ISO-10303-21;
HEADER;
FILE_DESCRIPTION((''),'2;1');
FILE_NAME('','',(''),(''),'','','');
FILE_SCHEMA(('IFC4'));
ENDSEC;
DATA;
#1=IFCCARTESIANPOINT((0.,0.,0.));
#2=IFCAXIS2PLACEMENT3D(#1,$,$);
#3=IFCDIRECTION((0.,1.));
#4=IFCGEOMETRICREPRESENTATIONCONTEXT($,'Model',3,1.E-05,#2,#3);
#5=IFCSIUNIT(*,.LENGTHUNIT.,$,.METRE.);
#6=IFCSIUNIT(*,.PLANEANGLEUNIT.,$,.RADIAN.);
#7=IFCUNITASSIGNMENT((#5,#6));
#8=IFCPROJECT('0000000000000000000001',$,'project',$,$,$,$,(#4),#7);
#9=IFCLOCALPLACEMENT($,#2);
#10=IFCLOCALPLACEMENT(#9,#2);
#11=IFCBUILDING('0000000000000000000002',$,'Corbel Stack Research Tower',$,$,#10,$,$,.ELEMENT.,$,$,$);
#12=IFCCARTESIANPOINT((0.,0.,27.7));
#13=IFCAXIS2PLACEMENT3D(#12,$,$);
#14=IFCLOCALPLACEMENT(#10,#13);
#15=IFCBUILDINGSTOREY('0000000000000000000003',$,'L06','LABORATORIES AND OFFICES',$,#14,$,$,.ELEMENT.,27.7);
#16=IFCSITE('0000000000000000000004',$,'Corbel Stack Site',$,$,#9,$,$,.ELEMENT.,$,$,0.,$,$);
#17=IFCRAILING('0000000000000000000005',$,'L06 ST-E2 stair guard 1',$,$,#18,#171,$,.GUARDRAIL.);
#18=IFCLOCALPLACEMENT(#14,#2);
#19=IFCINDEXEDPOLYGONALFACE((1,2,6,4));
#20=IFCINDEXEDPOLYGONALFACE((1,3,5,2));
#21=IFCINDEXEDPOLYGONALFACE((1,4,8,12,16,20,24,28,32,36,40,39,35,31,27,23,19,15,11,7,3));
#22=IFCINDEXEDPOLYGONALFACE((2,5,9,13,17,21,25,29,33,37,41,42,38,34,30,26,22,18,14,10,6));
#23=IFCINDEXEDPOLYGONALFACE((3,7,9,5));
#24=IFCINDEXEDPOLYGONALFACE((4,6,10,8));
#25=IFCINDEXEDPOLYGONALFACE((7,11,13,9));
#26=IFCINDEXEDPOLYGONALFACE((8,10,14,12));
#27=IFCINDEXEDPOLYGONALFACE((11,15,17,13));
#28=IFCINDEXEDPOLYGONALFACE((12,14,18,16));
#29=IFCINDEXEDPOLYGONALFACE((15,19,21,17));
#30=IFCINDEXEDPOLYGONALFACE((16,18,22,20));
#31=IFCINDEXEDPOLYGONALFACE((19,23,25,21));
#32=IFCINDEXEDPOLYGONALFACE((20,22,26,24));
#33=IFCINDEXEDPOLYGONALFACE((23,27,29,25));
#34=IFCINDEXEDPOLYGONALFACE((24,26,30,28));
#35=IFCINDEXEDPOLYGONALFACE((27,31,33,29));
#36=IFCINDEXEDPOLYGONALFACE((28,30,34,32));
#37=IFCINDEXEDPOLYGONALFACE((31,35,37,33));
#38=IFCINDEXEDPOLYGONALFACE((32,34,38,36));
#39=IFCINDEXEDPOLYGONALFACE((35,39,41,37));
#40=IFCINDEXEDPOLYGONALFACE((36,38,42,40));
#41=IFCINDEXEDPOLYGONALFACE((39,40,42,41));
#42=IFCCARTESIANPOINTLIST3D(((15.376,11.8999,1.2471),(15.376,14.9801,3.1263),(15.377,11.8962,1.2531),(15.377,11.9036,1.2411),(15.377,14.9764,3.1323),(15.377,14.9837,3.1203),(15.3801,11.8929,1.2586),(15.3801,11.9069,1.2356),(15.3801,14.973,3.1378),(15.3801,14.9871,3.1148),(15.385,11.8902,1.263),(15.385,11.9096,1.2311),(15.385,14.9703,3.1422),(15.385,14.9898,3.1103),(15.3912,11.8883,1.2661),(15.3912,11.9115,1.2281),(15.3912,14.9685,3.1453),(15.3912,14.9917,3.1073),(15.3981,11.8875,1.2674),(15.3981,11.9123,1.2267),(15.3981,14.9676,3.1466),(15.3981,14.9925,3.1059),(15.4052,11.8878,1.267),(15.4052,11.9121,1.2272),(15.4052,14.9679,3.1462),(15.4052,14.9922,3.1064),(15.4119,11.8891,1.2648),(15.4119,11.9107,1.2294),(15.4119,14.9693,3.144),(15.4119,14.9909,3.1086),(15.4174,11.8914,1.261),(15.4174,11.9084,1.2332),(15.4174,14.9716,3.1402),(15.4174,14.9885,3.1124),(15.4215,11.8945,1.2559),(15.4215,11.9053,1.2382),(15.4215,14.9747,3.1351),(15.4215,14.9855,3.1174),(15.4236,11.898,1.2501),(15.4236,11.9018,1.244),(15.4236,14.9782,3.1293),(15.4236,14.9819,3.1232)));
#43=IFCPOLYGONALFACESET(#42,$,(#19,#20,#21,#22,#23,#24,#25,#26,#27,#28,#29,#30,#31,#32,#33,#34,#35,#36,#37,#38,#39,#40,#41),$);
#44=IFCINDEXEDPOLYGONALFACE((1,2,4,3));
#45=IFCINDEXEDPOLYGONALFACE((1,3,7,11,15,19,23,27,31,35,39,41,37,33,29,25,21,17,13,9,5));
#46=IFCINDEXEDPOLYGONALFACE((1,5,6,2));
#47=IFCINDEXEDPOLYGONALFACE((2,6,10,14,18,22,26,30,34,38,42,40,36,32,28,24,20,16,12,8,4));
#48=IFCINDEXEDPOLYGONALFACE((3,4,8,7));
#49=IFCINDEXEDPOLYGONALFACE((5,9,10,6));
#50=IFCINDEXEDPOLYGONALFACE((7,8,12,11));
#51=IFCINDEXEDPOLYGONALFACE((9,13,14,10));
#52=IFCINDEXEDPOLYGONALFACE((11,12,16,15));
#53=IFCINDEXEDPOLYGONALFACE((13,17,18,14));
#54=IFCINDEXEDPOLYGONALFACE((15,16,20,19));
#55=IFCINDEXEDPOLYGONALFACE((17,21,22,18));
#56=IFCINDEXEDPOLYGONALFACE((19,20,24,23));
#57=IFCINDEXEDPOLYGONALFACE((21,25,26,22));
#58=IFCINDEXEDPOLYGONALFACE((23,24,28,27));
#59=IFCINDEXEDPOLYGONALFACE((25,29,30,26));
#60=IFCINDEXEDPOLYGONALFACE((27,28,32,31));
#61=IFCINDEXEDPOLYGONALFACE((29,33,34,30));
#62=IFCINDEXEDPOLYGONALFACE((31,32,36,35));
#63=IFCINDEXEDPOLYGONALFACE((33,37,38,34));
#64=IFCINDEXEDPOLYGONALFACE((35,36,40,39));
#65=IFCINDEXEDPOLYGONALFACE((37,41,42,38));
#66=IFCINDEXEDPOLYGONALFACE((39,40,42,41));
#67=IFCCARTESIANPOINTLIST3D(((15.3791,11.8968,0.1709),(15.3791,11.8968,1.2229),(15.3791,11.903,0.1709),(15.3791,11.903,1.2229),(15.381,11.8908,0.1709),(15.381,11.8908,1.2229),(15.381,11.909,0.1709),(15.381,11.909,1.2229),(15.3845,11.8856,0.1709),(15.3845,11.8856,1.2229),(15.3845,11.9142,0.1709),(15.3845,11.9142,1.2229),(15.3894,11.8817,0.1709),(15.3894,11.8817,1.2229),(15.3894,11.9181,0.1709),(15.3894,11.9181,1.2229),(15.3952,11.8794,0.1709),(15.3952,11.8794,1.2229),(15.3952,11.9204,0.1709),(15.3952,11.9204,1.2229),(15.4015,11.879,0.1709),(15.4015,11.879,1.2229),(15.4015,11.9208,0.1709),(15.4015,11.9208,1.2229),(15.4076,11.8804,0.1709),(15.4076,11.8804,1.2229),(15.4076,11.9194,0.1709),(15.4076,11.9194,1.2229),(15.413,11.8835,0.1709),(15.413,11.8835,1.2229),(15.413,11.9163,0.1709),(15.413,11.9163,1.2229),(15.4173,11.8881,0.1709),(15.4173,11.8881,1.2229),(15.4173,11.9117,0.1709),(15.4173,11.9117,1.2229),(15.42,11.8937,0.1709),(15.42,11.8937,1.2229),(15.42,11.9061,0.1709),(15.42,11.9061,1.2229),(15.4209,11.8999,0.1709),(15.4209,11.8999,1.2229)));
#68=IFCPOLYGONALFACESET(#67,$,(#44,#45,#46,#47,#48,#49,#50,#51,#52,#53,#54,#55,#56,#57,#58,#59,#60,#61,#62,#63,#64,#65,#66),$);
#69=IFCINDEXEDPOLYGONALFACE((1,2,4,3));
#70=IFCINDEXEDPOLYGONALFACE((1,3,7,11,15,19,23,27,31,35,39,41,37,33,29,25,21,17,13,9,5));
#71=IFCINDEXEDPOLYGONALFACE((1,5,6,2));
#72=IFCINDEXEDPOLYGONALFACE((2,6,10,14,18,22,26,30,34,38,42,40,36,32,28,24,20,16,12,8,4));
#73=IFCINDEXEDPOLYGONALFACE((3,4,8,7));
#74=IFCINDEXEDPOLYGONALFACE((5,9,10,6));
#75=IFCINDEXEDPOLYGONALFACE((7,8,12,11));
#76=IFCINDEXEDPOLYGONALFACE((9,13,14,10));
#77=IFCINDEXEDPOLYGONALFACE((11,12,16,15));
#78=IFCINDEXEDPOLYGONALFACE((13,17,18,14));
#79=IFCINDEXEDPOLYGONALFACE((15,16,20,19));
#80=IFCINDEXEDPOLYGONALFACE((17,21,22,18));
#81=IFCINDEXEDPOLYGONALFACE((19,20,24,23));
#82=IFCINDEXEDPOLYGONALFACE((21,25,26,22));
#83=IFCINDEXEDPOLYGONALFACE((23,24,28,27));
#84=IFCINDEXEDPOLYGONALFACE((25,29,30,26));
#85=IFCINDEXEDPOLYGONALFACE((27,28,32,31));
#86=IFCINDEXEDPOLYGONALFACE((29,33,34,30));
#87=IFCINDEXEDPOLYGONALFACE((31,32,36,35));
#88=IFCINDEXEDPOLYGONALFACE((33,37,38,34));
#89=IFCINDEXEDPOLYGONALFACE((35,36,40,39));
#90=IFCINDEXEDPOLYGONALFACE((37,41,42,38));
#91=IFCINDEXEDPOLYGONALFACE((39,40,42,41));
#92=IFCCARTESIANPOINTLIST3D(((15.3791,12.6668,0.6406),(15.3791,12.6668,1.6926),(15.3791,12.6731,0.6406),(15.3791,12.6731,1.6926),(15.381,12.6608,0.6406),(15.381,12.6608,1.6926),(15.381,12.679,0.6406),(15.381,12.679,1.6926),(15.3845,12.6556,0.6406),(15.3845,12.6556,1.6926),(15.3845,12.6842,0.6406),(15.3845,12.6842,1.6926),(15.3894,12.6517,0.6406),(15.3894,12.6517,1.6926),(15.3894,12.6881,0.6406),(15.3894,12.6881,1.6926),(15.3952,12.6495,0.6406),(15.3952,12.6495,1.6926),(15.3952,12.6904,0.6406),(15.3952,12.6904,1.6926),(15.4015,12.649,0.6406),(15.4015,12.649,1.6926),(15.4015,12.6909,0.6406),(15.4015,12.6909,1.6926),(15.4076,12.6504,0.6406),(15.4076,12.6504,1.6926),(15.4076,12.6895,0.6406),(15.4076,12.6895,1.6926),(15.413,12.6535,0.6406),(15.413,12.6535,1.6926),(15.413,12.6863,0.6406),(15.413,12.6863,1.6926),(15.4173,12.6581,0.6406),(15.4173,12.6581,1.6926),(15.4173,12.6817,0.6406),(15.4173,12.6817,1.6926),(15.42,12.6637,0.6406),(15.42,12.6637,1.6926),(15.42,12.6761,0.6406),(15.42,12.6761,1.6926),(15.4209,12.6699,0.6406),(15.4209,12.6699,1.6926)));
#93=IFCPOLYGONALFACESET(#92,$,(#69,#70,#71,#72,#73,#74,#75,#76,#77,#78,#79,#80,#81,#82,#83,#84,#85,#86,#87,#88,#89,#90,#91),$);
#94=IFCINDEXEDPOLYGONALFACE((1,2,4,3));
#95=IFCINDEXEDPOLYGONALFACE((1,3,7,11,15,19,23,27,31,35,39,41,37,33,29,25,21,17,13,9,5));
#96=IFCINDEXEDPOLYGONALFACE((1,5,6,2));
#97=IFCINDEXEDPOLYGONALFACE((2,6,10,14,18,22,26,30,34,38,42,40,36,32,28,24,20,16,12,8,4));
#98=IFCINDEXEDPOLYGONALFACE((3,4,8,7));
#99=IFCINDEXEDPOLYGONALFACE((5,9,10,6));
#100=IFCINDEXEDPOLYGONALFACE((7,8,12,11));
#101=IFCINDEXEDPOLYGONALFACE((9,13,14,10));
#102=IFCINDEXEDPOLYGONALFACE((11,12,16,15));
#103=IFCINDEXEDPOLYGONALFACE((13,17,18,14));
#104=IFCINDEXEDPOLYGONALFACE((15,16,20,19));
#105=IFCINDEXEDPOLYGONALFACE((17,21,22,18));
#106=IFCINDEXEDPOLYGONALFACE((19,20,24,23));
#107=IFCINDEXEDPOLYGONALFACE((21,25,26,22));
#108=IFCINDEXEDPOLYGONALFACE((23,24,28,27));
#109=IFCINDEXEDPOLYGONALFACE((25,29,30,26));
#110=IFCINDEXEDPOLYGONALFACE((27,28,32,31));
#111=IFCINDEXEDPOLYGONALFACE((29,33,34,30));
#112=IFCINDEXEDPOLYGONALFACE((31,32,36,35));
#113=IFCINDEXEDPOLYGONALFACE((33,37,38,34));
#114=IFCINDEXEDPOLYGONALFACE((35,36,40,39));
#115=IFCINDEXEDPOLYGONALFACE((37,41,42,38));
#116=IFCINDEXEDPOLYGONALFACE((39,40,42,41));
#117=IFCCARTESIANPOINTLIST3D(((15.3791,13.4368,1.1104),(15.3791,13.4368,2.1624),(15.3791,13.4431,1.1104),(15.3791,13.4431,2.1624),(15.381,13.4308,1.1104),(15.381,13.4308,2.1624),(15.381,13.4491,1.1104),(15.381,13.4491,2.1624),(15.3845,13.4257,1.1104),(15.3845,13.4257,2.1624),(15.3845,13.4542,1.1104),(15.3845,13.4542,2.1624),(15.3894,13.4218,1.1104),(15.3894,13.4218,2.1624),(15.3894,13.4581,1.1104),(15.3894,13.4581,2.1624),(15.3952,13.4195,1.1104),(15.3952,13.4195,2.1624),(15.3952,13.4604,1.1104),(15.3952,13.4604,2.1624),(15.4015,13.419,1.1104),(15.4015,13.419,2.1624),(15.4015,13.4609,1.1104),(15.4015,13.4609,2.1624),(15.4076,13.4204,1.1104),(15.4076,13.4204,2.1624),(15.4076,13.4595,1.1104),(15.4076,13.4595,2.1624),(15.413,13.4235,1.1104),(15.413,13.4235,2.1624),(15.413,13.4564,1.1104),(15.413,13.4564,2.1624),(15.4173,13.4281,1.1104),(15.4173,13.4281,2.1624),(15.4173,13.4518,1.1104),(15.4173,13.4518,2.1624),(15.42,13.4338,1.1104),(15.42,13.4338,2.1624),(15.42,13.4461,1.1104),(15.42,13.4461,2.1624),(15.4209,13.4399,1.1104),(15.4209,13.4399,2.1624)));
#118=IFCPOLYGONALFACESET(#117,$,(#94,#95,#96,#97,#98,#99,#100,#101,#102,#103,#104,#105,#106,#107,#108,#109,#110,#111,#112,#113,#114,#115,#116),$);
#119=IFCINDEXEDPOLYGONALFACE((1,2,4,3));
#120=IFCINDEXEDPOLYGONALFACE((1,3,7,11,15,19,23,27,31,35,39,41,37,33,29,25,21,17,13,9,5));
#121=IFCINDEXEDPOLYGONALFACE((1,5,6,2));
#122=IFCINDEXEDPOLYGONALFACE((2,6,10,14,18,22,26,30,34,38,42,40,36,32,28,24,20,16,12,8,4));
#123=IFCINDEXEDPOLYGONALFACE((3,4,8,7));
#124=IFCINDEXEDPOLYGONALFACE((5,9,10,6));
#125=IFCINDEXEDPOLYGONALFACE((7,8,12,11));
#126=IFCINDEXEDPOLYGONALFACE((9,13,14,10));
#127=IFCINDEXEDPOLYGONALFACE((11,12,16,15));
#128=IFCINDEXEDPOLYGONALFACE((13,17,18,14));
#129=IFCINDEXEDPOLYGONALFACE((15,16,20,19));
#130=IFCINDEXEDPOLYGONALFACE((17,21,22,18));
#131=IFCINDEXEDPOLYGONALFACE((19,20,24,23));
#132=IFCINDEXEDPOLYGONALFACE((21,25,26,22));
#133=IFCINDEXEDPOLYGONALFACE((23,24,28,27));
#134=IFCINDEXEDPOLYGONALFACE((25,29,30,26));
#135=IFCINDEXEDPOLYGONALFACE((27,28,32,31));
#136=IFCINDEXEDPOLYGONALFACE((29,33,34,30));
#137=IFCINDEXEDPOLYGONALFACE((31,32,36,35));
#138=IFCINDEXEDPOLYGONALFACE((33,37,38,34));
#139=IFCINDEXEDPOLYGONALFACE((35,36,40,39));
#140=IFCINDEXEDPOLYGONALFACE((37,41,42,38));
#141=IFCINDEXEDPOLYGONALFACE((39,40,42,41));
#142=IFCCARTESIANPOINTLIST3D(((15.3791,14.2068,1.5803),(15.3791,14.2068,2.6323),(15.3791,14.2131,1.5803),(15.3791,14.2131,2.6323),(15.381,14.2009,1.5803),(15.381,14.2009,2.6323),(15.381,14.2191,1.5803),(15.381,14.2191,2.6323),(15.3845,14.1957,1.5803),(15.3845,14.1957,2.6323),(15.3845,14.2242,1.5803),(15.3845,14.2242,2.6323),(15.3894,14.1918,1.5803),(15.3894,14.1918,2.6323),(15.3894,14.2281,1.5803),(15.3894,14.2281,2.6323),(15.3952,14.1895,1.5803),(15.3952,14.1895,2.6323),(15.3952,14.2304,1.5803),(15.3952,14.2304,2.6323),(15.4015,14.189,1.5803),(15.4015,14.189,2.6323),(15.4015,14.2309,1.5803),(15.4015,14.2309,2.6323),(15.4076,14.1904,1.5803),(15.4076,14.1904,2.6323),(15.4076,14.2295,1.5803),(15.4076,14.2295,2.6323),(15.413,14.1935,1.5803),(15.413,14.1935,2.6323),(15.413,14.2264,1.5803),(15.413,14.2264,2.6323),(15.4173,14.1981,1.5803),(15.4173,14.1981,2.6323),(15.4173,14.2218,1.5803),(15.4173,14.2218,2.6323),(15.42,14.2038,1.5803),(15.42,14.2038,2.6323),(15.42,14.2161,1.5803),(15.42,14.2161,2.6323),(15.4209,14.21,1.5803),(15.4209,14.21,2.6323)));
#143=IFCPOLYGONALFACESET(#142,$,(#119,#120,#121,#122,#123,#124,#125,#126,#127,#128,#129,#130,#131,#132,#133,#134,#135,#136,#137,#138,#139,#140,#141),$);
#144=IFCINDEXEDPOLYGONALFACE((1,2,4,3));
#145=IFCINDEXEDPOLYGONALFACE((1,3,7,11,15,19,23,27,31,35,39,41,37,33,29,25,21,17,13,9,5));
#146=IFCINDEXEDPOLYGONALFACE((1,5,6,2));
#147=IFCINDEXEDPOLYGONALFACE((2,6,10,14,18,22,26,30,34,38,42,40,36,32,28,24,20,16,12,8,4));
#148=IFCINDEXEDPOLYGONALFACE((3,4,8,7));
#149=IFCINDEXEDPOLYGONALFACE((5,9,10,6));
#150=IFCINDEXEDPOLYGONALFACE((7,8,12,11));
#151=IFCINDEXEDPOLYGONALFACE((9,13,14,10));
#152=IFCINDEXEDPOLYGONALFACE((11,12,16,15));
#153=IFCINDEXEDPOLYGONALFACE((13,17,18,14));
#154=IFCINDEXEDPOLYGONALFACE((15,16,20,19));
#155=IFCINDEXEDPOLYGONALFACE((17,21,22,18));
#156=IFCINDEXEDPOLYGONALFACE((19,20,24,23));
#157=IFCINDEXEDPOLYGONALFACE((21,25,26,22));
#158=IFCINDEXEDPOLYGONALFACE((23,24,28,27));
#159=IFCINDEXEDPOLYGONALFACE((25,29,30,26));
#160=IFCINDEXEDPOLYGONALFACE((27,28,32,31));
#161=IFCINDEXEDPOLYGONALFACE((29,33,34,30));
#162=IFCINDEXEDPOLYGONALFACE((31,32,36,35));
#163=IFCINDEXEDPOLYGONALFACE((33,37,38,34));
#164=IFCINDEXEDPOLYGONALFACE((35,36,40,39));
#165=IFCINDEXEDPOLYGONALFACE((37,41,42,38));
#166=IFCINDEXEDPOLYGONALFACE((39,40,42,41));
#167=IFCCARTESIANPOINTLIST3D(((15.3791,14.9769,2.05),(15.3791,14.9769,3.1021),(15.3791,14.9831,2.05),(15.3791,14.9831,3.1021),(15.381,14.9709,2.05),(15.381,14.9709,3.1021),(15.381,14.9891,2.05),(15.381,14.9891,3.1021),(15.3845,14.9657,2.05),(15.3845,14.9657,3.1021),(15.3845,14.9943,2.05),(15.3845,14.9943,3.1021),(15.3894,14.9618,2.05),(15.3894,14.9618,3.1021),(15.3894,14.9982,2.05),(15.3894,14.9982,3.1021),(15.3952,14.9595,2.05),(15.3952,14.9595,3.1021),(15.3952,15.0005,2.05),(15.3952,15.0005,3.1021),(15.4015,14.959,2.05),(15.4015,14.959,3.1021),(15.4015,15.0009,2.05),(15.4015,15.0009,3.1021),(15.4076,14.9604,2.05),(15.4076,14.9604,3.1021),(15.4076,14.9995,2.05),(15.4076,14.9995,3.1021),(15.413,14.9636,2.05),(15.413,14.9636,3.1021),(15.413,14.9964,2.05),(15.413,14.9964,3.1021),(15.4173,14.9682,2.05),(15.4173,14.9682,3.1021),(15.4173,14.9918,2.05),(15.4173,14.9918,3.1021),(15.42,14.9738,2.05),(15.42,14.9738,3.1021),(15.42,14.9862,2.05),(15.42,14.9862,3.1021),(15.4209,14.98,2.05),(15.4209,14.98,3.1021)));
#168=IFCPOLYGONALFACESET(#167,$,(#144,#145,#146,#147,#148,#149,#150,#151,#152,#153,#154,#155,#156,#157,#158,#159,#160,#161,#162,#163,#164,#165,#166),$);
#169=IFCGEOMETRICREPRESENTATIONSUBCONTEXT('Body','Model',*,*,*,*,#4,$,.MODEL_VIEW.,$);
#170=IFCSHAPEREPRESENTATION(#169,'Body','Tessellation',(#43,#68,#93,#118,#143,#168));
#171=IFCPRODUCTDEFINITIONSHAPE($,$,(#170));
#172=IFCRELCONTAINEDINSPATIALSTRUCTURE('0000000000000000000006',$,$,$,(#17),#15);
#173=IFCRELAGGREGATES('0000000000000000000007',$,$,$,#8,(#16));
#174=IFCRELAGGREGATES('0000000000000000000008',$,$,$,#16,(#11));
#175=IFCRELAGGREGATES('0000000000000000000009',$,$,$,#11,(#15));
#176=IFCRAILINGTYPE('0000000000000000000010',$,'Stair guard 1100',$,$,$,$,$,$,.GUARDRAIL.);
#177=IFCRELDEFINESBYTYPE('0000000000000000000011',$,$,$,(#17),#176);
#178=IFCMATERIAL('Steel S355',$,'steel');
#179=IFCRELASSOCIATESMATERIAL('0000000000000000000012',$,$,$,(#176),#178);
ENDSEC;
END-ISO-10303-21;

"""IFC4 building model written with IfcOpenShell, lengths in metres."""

from ifc_helpers import new_model, si_unit, direction, frame, origin, origin_2d, place, context, subcontext, project, spatial, circle, extrude, material, type_object, element, save


model = new_model("IFC4")

# Units and contexts
model_context = context("Model", 3, precision=1e-05, world=origin(), true_north=direction((0.0, 1.0)))
body_context = subcontext(model_context, "Body", "Model", "MODEL_VIEW")
ifc_project = project(units=[si_unit("LENGTHUNIT", "METRE"), si_unit("PLANEANGLEUNIT", "RADIAN")], contexts=[model_context])

# Site, building, storey
site_placement = place(None, origin())
site = spatial("IfcSite", under=ifc_project, at=site_placement, Name="Corbel Stack Site", CompositionType="ELEMENT", RefElevation=0.0)
building_placement = place(site_placement, origin())
building = spatial("IfcBuilding", under=site, at=building_placement, Name="Corbel Stack Research Tower", CompositionType="ELEMENT")
storey_placement = place(building_placement, frame((0.0, 0.0, 27.7)))
storey = spatial("IfcBuildingStorey", under=building, at=storey_placement, Name="L06", Description="LABORATORIES AND OFFICES", CompositionType="ELEMENT", Elevation=27.7)

# Railing
ifc_material_1 = material(Name="Steel S355", Category="steel")
railing_type_1 = type_object("IfcRailingType", Name="Stair guard 1100", PredefinedType="GUARDRAIL", material=ifc_material_1)
railing_1_placement = place(storey_placement, frame((15.3999, 11.8999, 0.1709)))
element("IfcRailing", 1, at=railing_1_placement, inside=storey, type_object=railing_type_1, Name="L06 ST-E2 stair guard 1", PredefinedType="GUARDRAIL", context=body_context, shape_type="SweptSolid", body=[
    extrude(circle(Radius=0.0239, at=origin_2d()), frame((0.0, 0.0, 1.0762), z_axis=(0.0, 0.853666, 0.52082), x_axis=(-1.0, 0.0, 0.0)), (0.0, 0.0, 1.0), 3.6082),
    extrude(circle(Radius=0.021, at=origin_2d()), origin(), (0.0, 0.0, 1.0), 1.052),
    extrude(circle(Radius=0.021, at=origin_2d()), frame((0.0, 0.77, 0.4697)), (0.0, 0.0, 1.0), 1.052),
    extrude(circle(Radius=0.021, at=origin_2d()), frame((0.0, 1.54, 0.9395)), (0.0, 0.0, 1.0), 1.052),
    extrude(circle(Radius=0.021, at=origin_2d()), frame((0.0, 2.3101, 1.4094)), (0.0, 0.0, 1.0), 1.052),
    extrude(circle(Radius=0.021, at=origin_2d()), frame((0.0, 3.0801, 1.8792)), (0.0, 0.0, 1.0), 1.052),
])

save(model, "model.ifc")
